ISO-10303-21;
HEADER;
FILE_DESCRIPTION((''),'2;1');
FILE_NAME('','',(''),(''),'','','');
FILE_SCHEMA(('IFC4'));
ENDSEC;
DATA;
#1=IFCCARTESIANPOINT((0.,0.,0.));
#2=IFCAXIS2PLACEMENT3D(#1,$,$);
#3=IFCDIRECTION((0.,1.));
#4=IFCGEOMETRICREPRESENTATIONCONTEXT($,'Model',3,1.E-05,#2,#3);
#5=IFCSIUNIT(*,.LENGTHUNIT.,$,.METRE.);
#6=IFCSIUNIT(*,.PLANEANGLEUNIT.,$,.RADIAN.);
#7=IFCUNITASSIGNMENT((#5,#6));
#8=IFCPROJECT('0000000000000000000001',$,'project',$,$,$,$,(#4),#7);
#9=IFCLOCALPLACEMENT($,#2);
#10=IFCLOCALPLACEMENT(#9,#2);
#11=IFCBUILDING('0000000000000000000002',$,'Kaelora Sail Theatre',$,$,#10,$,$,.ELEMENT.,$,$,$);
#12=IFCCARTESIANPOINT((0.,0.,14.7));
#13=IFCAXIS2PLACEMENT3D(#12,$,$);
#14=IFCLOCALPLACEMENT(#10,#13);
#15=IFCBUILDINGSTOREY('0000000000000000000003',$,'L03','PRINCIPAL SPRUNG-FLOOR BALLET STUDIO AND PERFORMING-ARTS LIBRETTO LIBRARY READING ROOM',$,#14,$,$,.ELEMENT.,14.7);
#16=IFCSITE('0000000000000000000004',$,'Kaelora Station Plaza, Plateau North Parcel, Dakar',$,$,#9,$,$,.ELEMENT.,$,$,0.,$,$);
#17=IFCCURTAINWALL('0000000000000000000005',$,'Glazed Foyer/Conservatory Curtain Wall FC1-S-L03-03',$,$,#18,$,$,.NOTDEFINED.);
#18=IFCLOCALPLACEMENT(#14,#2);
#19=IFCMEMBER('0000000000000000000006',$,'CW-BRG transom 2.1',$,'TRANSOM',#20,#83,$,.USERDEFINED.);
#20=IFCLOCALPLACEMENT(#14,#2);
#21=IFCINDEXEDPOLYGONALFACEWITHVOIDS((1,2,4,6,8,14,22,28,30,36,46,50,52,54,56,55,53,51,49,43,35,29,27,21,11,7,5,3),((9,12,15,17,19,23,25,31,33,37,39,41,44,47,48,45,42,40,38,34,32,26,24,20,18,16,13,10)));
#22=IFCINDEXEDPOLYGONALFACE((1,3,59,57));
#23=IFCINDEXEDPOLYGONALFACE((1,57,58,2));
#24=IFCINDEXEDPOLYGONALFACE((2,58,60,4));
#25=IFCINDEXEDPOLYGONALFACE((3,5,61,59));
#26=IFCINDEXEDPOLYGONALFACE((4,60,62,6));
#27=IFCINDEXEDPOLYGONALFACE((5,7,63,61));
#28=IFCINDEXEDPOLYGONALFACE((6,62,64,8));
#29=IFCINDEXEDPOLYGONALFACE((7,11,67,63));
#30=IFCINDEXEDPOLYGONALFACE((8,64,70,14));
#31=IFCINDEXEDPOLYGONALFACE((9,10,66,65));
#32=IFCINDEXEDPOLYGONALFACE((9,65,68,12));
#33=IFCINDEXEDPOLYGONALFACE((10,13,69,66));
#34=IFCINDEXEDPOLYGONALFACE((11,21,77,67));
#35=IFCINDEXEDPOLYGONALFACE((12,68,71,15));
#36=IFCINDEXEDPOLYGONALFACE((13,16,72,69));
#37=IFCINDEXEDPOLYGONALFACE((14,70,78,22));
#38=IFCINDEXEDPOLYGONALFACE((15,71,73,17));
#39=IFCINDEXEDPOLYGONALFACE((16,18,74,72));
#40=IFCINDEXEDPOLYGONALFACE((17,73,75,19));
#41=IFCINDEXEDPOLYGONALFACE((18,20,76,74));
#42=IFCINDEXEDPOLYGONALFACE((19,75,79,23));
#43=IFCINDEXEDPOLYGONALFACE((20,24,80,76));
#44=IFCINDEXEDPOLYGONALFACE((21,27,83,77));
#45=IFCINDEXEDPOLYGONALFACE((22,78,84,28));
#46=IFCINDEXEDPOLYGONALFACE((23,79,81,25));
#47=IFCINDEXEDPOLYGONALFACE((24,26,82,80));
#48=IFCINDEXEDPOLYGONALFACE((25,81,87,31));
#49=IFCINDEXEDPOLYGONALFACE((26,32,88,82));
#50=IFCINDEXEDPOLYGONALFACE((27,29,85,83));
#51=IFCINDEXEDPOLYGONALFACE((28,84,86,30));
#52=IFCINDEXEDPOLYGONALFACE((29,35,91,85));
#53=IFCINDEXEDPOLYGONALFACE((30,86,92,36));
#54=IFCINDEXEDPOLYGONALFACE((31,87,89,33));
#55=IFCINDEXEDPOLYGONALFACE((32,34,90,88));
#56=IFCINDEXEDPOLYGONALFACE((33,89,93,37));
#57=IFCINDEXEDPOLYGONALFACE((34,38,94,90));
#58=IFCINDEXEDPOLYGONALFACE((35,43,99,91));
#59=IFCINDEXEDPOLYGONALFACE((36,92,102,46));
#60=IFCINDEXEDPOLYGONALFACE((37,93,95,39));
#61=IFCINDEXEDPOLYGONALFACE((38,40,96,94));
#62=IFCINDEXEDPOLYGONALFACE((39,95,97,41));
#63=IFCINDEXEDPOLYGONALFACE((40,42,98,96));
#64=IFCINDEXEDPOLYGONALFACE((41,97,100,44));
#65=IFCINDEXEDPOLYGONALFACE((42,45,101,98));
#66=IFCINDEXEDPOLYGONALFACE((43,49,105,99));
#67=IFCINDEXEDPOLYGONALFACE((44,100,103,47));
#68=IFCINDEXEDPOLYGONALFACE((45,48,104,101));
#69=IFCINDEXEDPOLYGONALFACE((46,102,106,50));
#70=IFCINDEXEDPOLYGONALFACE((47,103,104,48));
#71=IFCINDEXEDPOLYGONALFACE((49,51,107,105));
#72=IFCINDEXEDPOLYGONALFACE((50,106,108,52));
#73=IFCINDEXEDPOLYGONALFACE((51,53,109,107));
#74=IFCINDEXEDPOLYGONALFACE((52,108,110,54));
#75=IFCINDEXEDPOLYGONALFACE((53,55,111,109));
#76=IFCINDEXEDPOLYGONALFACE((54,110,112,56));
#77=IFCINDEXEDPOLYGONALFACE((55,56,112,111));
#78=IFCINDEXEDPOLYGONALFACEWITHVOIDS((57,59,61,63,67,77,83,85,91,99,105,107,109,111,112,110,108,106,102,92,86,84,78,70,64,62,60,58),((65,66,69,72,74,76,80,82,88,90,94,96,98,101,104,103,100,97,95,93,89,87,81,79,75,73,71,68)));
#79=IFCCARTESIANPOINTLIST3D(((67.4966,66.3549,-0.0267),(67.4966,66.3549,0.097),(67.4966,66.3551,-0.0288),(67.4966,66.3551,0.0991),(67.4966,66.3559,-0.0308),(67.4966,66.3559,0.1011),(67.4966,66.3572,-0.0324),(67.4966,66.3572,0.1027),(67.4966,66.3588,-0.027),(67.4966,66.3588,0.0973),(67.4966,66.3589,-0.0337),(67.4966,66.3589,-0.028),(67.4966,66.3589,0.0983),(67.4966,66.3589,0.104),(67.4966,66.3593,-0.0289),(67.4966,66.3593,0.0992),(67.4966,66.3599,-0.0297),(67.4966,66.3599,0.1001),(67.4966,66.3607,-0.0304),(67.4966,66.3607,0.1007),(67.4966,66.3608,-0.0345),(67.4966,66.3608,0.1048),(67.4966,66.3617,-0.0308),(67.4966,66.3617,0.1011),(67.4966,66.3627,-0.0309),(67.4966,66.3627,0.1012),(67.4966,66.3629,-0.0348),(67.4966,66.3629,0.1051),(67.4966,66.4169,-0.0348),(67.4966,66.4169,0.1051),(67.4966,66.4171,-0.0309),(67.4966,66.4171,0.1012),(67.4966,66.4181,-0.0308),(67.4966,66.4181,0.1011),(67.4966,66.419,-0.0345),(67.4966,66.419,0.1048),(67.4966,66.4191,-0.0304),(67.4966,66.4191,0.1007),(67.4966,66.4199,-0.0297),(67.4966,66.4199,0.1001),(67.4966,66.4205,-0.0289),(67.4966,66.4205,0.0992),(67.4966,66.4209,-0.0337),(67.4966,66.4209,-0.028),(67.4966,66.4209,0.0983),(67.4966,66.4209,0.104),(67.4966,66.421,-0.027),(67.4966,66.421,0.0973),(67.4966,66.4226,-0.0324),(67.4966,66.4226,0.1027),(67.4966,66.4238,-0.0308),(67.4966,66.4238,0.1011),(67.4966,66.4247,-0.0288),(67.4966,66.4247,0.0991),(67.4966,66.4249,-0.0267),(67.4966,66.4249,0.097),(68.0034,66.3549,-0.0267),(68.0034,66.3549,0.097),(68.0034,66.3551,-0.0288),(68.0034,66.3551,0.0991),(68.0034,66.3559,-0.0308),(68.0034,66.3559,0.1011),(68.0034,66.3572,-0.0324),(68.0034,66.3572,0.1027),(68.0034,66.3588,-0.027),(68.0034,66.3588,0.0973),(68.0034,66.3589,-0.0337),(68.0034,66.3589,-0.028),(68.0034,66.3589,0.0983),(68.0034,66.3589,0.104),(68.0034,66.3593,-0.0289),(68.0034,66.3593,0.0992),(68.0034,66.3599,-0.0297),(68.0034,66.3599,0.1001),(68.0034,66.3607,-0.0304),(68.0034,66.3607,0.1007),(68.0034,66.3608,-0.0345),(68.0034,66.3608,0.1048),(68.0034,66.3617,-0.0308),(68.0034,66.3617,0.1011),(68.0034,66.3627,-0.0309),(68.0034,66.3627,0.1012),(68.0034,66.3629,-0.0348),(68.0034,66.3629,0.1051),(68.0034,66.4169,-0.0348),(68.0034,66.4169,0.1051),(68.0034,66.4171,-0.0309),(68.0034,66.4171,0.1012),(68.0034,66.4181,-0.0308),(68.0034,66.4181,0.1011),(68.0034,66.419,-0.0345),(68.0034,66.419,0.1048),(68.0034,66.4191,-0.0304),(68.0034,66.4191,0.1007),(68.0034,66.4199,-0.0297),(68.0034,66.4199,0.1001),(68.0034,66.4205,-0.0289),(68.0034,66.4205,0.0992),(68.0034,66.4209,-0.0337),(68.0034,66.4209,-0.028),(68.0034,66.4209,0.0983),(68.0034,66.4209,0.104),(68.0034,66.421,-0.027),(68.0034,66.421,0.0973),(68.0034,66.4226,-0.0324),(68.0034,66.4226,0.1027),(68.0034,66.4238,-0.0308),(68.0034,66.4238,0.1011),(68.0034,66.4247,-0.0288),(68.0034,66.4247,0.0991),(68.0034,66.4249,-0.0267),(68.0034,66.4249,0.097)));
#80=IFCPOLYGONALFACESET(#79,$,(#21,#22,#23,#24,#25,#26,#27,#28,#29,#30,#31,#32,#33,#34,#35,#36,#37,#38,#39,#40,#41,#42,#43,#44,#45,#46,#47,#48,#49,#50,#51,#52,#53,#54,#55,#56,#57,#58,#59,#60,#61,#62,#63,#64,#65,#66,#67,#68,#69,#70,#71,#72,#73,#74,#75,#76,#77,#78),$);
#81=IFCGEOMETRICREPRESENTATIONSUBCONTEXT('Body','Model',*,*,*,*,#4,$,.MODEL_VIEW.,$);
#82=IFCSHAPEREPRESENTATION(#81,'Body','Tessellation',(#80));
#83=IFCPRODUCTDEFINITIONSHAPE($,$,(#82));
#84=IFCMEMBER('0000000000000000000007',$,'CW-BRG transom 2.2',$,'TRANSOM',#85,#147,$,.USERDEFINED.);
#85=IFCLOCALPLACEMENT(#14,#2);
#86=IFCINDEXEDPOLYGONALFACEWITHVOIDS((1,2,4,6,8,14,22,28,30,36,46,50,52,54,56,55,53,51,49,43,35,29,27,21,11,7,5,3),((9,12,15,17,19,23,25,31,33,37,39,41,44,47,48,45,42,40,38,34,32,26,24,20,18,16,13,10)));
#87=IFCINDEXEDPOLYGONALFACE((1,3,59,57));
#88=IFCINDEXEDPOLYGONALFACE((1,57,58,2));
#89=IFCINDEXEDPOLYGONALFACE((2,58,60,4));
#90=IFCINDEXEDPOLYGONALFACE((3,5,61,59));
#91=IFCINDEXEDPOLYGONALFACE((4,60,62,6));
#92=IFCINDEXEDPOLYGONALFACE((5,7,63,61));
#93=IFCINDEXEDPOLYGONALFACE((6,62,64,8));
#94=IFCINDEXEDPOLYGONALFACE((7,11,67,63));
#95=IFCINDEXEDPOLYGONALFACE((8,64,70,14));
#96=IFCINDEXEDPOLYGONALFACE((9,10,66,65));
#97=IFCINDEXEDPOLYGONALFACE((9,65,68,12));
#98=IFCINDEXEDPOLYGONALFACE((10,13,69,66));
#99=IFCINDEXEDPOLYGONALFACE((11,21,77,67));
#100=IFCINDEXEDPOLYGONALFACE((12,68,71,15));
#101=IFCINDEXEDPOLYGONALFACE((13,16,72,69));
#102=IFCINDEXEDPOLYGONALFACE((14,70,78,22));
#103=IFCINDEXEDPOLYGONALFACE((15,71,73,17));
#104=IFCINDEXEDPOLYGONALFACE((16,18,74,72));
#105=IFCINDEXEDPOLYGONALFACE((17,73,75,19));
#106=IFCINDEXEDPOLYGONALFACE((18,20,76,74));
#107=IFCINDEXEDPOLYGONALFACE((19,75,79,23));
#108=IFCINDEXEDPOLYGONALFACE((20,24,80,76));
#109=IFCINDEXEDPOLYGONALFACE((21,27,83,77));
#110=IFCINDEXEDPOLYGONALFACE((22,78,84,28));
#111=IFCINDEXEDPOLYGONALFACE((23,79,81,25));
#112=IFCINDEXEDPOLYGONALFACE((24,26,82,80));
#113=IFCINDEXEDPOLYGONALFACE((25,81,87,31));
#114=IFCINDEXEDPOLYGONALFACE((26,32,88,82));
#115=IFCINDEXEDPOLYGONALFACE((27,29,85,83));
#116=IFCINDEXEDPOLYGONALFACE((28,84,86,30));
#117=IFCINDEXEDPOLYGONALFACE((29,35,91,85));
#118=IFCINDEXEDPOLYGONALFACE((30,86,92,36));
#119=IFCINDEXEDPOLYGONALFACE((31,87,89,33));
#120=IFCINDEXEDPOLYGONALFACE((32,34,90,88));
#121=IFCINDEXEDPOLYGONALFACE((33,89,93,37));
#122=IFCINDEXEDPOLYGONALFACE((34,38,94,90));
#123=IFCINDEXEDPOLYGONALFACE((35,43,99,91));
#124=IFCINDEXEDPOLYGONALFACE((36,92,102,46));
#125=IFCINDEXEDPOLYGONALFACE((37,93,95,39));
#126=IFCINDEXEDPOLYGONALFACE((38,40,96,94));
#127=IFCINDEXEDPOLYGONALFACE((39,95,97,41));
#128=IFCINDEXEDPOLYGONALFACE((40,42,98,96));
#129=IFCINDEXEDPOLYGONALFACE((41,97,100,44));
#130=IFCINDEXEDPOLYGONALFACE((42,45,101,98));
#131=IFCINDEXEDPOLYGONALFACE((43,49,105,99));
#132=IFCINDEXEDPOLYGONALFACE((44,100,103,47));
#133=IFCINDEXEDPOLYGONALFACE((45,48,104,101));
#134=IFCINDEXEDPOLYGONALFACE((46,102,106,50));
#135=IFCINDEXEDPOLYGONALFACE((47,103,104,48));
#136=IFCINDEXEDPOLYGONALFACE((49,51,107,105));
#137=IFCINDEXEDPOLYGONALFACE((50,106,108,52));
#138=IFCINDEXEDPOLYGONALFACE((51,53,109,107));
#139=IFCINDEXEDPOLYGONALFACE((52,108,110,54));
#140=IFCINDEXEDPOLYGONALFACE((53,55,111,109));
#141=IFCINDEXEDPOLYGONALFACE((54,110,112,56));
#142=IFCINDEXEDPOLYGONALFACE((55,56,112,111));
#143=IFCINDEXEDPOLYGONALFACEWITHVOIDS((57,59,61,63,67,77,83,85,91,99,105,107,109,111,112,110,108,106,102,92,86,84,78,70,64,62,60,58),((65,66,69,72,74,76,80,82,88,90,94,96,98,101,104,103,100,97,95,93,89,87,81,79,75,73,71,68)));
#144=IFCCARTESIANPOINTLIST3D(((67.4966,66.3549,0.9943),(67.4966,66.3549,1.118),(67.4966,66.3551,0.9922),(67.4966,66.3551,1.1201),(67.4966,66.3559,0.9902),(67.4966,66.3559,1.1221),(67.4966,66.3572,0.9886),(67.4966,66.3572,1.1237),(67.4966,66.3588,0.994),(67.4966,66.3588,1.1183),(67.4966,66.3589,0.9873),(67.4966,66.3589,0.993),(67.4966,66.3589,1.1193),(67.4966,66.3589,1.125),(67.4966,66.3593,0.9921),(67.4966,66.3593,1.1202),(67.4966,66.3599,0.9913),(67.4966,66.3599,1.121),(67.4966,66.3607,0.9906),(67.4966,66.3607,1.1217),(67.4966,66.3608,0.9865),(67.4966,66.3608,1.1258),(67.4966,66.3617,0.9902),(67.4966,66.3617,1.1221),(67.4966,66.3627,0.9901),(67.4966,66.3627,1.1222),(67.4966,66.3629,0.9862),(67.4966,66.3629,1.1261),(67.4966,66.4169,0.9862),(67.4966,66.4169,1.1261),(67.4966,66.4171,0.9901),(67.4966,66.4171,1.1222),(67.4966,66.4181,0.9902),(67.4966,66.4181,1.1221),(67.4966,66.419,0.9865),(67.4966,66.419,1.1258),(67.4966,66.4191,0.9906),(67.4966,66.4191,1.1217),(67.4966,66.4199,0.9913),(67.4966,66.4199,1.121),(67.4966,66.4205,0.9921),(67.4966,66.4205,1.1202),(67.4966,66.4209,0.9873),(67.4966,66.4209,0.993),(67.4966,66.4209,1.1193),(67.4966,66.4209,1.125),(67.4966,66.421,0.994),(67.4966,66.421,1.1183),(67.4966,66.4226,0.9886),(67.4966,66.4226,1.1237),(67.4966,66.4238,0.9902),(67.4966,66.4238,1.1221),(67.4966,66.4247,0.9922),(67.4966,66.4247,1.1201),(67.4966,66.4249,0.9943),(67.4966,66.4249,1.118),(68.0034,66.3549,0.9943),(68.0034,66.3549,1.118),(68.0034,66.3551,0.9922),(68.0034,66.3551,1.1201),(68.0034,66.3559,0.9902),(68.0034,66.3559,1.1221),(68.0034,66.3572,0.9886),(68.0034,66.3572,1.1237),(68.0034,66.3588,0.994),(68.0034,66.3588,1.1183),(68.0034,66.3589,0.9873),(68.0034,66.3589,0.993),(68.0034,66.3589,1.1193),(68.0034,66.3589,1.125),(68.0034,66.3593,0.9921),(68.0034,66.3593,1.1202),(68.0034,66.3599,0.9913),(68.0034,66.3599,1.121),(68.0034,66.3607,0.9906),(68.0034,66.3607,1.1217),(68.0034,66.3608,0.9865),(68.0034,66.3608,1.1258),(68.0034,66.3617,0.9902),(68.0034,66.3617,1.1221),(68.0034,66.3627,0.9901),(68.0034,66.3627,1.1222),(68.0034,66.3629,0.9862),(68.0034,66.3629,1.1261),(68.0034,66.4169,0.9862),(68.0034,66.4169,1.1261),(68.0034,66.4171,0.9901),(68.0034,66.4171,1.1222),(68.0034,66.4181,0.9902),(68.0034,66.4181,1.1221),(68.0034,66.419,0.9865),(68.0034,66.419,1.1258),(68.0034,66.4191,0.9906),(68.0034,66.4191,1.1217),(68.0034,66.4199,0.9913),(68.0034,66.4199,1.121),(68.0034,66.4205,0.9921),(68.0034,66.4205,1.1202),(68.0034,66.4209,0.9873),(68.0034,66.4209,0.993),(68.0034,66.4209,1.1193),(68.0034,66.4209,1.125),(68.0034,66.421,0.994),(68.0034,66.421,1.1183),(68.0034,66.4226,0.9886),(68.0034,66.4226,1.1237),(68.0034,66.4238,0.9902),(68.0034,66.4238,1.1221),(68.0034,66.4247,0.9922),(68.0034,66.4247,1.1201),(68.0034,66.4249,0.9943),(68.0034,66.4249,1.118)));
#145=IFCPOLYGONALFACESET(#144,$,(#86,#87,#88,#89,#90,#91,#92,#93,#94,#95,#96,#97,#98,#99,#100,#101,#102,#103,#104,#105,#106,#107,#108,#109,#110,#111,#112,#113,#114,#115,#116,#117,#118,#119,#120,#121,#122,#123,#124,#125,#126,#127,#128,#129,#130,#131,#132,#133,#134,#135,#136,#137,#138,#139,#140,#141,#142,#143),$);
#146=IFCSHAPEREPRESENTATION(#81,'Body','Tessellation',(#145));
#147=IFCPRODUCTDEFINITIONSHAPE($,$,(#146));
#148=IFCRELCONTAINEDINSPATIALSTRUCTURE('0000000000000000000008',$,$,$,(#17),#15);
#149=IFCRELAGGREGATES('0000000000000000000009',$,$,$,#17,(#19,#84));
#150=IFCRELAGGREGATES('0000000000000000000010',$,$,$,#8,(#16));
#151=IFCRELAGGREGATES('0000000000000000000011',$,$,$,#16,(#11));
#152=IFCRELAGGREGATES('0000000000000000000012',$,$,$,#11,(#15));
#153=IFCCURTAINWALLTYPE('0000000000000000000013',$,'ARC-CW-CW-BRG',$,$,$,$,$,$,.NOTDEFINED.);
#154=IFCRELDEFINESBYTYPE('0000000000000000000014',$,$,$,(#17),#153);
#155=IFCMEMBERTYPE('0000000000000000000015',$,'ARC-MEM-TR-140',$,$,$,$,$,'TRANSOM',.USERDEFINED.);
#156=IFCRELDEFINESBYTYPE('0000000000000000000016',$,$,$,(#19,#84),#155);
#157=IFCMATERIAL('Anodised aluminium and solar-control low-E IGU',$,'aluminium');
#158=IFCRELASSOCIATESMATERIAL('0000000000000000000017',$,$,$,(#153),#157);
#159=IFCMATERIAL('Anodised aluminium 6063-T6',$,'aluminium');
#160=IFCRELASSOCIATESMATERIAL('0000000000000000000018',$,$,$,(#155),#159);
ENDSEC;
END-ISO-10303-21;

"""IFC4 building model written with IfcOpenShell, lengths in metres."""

from ifc_helpers import new_model, si_unit, direction, frame, origin, origin_2d, place, context, subcontext, project, spatial, hollow_rectangle, extrude, material, material_profile, profile_set, type_object, element, aggregate, save


model = new_model("IFC4")

# Units and contexts
model_context = context("Model", 3, precision=1e-05, world=origin(), true_north=direction((0.0, 1.0)))
body_context = subcontext(model_context, "Body", "Model", "MODEL_VIEW")
ifc_project = project(units=[si_unit("LENGTHUNIT", "METRE"), si_unit("PLANEANGLEUNIT", "RADIAN")], contexts=[model_context])

# Site, building, storey
site_placement = place(None, origin())
site = spatial("IfcSite", under=ifc_project, at=site_placement, Name="Kaelora Station Plaza, Plateau North Parcel, Dakar", CompositionType="ELEMENT", RefElevation=0.0)
building_placement = place(site_placement, origin())
building = spatial("IfcBuilding", under=site, at=building_placement, Name="Kaelora Sail Theatre", CompositionType="ELEMENT")
storey_placement = place(building_placement, frame((0.0, 0.0, 14.7)))
storey = spatial("IfcBuildingStorey", under=building, at=storey_placement, Name="L03", Description="PRINCIPAL SPRUNG-FLOOR BALLET STUDIO AND PERFORMING-ARTS LIBRETTO LIBRARY READING ROOM", CompositionType="ELEMENT", Elevation=14.7)

# Curtain wall
ifc_material_1 = material(Name="Anodised aluminium and solar-control low-E IGU", Category="aluminium")
curtain_wall_type = type_object("IfcCurtainWallType", Name="ARC-CW-CW-BRG", PredefinedType="NOTDEFINED", material=ifc_material_1)
curtain_wall_1_placement = place(storey_placement, origin())
curtain_wall_1 = element("IfcCurtainWall", 1, at=curtain_wall_1_placement, inside=storey, type_object=curtain_wall_type, Name="Glazed Foyer/Conservatory Curtain Wall FC1-S-L03-03", PredefinedType="NOTDEFINED")

# Members
ifc_material_2 = material(Name="Anodised aluminium 6063-T6", Category="aluminium")
ifc_material_profile_1 = material_profile(ifc_material_2, hollow_rectangle(XDim=0.0701, YDim=0.1399, WallThickness=0.0039, InnerFilletRadius=0.0039, OuterFilletRadius=0.0081, at=origin_2d()), Name="ALU-TRAN 70x140x4")
ifc_profile_set_1 = profile_set([ifc_material_profile_1], Name="Anodised aluminium 6063-T6")
member_type_1 = type_object("IfcMemberType", Name="ARC-MEM-TR-140", ElementType="TRANSOM", PredefinedType="USERDEFINED", material=ifc_profile_set_1)
member_1_placement = place(storey_placement, frame((67.4966, 66.3899, 0.0352), z_axis=(1.0, 0.0, 0.0), x_axis=(0.0, 1.0, 0.0)))
member_1 = element("IfcMember", 2, at=member_1_placement, type_object=member_type_1, Name="CW-BRG transom 2.1", ObjectType="TRANSOM", PredefinedType="USERDEFINED", context=body_context, shape_type="SweptSolid", body=[
    extrude(hollow_rectangle(XDim=0.0701, YDim=0.1399, WallThickness=0.0039, InnerFilletRadius=0.0039, OuterFilletRadius=0.0081, at=origin_2d()), origin(), (0.0, 0.0, 1.0), 0.5068),
])
member_2_placement = place(storey_placement, frame((67.4966, 66.3899, 1.0562), z_axis=(1.0, 0.0, 0.0), x_axis=(0.0, 1.0, 0.0)))
member_2 = element("IfcMember", 3, at=member_2_placement, type_object=member_type_1, Name="CW-BRG transom 2.2", ObjectType="TRANSOM", PredefinedType="USERDEFINED", context=body_context, shape_type="SweptSolid", body=[
    extrude(hollow_rectangle(XDim=0.0701, YDim=0.1399, WallThickness=0.0039, InnerFilletRadius=0.0039, OuterFilletRadius=0.0081, at=origin_2d()), origin(), (0.0, 0.0, 1.0), 0.5068),
])

aggregate(curtain_wall_1, [member_1, member_2])

save(model, "model.ifc")
